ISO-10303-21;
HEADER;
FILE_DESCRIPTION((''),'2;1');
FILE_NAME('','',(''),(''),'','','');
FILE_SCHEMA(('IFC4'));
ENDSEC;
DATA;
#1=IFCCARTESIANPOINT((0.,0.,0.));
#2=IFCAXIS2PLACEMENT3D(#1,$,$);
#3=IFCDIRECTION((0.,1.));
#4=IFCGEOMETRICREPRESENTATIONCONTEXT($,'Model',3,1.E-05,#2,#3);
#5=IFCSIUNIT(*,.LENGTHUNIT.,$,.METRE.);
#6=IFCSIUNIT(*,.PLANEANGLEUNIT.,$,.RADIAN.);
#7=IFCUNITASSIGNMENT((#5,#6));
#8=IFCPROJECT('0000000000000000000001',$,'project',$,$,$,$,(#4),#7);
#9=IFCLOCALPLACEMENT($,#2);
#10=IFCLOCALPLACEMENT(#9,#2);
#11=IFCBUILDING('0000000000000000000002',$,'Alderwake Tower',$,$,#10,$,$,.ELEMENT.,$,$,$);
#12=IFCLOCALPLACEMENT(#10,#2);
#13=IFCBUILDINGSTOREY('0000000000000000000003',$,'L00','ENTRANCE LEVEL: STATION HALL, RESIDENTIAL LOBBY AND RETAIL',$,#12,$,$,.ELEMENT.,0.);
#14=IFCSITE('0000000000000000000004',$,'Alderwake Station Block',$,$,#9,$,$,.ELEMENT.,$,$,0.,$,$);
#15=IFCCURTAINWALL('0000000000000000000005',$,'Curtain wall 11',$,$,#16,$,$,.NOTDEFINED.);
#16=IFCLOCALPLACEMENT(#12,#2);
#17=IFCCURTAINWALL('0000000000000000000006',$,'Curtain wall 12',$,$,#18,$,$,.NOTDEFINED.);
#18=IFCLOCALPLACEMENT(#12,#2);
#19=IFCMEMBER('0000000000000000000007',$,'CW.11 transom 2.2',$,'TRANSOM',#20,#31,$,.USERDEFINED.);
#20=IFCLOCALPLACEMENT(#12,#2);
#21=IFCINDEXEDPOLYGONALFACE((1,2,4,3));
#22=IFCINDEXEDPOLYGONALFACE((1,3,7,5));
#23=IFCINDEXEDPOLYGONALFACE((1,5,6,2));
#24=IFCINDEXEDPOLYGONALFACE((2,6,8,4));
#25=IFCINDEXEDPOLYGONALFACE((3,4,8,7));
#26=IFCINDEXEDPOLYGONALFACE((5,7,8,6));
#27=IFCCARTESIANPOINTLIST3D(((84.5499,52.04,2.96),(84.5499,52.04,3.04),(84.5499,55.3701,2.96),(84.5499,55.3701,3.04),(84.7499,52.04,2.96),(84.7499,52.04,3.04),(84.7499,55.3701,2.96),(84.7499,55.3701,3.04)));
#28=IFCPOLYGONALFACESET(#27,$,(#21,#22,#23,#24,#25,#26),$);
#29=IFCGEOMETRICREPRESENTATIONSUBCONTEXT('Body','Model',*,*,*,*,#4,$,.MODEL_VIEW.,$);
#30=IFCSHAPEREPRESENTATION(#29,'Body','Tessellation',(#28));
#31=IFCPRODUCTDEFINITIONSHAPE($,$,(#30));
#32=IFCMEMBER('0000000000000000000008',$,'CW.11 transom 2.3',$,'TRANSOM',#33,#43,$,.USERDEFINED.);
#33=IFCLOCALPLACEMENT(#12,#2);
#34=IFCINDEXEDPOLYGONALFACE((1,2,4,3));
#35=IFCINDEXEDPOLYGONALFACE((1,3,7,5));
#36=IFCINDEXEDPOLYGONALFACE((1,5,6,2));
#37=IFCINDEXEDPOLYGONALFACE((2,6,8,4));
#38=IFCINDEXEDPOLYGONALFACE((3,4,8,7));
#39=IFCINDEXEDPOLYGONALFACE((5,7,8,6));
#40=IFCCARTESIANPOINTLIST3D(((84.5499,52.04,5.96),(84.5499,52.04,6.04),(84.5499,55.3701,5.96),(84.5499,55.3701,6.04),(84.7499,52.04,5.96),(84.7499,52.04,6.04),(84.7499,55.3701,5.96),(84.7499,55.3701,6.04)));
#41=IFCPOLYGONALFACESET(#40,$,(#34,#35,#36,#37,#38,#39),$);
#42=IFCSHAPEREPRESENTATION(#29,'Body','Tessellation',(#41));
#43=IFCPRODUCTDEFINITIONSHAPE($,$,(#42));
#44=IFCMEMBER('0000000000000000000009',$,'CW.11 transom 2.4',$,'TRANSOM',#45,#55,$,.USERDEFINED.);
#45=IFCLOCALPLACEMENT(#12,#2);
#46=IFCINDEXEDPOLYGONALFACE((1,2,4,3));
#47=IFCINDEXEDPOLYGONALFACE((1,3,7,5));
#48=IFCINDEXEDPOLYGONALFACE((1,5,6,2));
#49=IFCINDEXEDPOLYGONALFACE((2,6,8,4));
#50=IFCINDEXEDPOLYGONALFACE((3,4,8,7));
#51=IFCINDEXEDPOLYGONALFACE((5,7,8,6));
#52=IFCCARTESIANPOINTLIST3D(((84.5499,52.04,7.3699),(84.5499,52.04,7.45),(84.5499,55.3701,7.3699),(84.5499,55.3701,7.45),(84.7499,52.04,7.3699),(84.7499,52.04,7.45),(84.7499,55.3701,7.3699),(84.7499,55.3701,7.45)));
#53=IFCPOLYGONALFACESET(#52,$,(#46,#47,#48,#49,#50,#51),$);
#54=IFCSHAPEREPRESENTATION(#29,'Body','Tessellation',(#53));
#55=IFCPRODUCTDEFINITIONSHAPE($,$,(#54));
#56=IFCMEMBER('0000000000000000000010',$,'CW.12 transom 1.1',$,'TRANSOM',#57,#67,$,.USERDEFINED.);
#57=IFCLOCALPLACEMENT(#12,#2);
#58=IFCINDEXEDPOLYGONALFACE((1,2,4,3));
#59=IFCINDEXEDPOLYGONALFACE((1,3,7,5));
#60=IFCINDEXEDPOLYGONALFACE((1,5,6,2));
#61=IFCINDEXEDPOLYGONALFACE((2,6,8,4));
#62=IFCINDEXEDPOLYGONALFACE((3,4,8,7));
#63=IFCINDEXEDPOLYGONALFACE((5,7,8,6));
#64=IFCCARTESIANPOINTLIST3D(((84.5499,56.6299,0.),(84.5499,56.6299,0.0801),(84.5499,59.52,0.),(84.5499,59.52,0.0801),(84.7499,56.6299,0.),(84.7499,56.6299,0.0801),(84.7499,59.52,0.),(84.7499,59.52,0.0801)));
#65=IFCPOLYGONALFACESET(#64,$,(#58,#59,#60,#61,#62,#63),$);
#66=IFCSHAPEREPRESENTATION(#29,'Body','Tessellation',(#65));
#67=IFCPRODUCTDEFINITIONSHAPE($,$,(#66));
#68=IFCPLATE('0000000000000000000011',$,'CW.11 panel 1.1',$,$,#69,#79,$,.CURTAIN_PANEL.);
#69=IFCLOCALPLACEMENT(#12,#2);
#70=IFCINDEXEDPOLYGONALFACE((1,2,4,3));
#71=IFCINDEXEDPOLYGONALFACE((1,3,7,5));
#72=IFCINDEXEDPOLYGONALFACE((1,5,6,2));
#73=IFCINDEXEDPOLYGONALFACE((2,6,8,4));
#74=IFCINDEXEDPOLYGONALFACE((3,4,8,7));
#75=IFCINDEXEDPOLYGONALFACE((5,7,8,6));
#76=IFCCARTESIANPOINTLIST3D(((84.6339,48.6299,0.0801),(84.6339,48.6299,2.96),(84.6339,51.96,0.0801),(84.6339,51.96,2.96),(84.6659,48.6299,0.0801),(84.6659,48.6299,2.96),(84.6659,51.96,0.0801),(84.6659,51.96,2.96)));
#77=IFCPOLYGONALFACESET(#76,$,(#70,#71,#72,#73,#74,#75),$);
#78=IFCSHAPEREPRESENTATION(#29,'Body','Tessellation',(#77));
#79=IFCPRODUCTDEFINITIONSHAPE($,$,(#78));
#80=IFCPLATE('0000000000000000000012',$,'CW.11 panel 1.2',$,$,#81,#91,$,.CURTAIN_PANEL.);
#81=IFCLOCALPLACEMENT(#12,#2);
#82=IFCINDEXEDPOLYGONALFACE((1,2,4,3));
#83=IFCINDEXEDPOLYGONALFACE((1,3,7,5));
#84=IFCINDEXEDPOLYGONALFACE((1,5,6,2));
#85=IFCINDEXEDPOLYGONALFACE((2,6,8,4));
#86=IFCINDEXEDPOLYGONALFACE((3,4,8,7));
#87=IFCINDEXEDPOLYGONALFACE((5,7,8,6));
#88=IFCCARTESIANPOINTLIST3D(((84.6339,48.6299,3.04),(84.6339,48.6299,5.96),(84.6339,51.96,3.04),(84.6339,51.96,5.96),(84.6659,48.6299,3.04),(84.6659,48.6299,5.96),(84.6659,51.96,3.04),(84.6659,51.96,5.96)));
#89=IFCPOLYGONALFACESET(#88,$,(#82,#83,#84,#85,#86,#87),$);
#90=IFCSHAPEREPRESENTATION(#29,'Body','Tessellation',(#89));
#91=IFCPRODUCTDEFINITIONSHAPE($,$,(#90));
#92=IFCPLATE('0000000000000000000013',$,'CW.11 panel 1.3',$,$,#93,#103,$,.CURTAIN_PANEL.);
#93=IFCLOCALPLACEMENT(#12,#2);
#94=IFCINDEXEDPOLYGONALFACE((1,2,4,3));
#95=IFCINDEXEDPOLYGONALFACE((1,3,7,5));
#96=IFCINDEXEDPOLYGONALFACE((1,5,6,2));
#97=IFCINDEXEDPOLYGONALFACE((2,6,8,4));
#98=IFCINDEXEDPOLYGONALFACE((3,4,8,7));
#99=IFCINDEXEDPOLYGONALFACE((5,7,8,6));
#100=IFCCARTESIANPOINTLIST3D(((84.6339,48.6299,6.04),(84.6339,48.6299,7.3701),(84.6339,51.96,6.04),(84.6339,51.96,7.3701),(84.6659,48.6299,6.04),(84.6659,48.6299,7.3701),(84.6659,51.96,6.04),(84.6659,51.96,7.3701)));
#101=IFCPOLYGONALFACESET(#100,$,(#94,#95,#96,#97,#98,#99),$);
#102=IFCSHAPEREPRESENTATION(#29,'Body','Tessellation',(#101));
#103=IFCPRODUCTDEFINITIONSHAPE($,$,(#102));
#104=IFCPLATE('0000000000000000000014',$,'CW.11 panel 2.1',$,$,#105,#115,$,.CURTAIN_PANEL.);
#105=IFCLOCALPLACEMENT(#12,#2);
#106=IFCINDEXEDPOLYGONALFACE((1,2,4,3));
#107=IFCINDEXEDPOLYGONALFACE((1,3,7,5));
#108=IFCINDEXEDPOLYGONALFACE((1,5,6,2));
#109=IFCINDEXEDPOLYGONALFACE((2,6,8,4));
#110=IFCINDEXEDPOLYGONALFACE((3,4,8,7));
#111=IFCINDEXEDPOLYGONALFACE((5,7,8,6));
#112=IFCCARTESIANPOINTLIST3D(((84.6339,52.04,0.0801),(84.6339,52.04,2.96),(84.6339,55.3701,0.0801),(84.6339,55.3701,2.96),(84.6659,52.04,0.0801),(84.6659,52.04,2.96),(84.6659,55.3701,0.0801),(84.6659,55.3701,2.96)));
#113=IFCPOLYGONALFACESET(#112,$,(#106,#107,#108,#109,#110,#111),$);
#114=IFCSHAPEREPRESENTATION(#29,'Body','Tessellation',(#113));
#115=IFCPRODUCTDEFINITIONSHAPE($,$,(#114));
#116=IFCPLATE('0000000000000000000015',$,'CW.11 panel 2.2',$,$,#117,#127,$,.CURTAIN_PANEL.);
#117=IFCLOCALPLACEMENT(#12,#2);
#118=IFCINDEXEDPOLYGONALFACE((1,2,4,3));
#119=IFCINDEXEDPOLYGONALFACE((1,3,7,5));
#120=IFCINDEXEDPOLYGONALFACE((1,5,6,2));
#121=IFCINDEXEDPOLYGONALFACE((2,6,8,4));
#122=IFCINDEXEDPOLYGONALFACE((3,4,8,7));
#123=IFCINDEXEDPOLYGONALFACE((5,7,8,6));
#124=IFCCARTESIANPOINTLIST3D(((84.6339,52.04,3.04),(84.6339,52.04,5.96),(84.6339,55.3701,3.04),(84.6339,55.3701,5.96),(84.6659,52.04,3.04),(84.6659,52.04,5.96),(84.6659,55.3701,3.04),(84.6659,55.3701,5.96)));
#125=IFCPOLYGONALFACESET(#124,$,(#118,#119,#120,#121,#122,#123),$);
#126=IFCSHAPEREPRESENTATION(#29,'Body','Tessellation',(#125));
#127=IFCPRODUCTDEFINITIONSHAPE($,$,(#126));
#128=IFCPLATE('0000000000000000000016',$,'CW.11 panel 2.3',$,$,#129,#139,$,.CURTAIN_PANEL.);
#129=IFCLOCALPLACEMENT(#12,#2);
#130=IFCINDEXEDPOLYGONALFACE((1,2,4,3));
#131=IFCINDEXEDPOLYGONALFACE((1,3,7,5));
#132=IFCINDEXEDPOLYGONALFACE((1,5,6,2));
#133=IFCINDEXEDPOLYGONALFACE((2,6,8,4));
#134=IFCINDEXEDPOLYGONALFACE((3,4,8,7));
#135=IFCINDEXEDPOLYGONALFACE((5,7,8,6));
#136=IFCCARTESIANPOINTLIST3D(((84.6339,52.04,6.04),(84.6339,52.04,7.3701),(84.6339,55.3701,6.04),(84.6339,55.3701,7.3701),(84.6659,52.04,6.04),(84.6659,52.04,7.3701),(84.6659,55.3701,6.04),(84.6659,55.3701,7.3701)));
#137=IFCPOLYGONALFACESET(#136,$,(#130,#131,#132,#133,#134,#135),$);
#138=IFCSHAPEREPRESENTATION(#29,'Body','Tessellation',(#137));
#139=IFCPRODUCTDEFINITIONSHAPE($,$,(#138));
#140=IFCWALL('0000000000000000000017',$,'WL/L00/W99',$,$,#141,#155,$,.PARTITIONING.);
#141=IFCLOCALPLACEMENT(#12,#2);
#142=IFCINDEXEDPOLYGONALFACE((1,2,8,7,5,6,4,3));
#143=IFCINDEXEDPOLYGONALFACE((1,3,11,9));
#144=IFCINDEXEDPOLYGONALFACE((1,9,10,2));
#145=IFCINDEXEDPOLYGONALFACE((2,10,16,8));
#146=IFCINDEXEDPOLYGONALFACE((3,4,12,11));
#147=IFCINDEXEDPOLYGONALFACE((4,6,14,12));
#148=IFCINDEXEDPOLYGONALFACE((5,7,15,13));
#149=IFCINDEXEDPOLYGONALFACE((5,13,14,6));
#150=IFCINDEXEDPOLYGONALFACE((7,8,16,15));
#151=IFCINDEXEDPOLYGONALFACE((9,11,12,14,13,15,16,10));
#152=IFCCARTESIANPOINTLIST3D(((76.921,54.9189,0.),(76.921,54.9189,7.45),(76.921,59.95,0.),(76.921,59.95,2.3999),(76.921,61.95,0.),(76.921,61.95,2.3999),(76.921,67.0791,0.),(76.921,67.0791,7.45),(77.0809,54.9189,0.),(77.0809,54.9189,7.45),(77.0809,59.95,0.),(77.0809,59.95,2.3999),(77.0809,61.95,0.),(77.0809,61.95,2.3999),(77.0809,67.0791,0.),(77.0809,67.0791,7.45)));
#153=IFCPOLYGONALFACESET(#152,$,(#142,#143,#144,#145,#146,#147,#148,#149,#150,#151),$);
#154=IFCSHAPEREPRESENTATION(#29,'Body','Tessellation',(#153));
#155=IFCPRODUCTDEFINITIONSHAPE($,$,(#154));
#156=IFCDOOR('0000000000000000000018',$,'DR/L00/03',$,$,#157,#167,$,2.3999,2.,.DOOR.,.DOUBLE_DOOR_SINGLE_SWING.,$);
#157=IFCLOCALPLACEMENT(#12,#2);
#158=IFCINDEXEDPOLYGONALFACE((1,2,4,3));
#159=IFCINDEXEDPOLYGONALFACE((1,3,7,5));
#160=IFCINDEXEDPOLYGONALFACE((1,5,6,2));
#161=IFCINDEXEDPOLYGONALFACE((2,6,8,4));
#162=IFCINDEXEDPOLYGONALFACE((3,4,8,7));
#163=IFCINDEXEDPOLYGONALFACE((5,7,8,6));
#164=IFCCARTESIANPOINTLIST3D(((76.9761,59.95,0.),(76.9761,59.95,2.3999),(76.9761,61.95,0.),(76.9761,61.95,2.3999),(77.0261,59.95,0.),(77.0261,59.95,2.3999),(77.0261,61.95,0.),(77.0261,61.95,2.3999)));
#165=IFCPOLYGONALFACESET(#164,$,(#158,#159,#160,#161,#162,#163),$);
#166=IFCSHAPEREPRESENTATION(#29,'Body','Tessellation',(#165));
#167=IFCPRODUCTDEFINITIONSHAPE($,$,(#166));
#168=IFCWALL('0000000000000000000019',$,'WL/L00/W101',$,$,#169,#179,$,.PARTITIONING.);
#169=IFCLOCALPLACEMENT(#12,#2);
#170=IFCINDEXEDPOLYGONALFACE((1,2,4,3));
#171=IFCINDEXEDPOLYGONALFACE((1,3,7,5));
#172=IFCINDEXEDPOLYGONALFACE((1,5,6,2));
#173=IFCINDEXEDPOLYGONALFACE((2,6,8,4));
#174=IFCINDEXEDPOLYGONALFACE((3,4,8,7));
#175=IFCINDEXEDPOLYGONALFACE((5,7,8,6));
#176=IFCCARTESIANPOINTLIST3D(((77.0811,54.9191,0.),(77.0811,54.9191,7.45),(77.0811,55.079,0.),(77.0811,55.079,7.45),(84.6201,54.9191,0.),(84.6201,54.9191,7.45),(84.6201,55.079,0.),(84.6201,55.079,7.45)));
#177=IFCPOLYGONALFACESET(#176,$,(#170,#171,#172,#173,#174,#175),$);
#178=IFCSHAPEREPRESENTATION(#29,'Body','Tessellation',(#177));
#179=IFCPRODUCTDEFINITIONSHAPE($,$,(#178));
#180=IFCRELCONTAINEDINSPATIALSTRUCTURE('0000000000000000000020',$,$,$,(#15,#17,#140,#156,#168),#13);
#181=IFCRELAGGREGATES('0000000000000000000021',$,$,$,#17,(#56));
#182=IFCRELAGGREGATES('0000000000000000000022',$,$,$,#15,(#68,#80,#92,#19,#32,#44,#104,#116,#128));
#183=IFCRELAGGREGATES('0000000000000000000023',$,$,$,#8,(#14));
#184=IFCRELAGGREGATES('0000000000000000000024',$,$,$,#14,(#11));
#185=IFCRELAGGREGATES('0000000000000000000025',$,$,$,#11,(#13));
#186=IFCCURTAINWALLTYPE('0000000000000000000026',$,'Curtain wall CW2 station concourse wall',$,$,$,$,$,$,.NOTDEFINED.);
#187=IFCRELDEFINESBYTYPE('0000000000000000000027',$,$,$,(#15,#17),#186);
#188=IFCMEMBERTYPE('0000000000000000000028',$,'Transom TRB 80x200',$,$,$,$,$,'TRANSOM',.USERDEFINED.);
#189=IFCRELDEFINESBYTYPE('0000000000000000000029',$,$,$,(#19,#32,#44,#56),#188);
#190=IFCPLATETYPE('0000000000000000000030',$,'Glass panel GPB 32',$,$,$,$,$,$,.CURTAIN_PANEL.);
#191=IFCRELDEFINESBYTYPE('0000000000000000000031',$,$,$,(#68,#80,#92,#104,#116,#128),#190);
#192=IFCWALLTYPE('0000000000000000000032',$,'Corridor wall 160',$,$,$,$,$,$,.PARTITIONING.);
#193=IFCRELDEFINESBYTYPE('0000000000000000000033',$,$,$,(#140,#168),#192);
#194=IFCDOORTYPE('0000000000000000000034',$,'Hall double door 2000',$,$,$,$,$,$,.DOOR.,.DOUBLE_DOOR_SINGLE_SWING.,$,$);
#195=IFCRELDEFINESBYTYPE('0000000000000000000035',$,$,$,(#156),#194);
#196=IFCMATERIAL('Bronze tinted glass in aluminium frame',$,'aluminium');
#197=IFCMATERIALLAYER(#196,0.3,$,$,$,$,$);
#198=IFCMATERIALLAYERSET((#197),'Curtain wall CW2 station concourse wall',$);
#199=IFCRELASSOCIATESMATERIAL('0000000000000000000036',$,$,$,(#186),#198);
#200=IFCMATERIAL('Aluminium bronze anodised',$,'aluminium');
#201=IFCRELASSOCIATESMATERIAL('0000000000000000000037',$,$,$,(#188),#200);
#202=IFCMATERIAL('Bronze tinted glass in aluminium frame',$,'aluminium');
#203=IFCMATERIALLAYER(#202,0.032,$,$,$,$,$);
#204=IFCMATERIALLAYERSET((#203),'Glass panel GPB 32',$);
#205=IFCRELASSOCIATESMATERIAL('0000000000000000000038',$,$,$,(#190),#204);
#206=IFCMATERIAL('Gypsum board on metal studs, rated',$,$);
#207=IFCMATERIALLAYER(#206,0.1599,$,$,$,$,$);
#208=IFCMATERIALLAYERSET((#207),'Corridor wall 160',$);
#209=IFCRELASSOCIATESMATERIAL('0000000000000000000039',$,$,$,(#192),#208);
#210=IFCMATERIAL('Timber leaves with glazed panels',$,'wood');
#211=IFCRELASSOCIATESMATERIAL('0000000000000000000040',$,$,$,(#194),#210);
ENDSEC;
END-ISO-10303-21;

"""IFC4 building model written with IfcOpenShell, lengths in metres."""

from ifc_helpers import new_model, si_unit, direction, frame, frame_2d, origin, origin_2d, place, context, subcontext, project, spatial, rectangle, extrude, material, layer, layer_set, material_profile, profile_set, type_object, element, fill, aggregate, save


model = new_model("IFC4")

# Units and contexts
model_context = context("Model", 3, precision=1e-05, world=origin(), true_north=direction((0.0, 1.0)))
body_context = subcontext(model_context, "Body", "Model", "MODEL_VIEW")
ifc_project = project(units=[si_unit("LENGTHUNIT", "METRE"), si_unit("PLANEANGLEUNIT", "RADIAN")], contexts=[model_context])

# Site, building, storey
site_placement = place(None, origin())
site = spatial("IfcSite", under=ifc_project, at=site_placement, Name="Alderwake Station Block", CompositionType="ELEMENT", RefElevation=0.0)
building_placement = place(site_placement, origin())
building = spatial("IfcBuilding", under=site, at=building_placement, Name="Alderwake Tower", CompositionType="ELEMENT")
storey_placement = place(building_placement, origin())
storey = spatial("IfcBuildingStorey", under=building, at=storey_placement, Name="L00", Description="ENTRANCE LEVEL: STATION HALL, RESIDENTIAL LOBBY AND RETAIL", CompositionType="ELEMENT", Elevation=0.0)

# Shared definitions
ifc_material_1 = material(Name="Bronze tinted glass in aluminium frame", Category="aluminium")
ifc_layer_1 = layer(ifc_material_1, 0.3)
ifc_layer_set_1 = layer_set([ifc_layer_1], Name="Curtain wall CW2 station concourse wall")
curtain_wall_type = type_object("IfcCurtainWallType", Name="Curtain wall CW2 station concourse wall", PredefinedType="NOTDEFINED", material=ifc_layer_set_1)

# Curtain wall
curtain_wall_1_placement = place(storey_placement, origin())
curtain_wall_1 = element("IfcCurtainWall", 1, at=curtain_wall_1_placement, inside=storey, type_object=curtain_wall_type, Name="Curtain wall 11", PredefinedType="NOTDEFINED")

# Curtain wall
curtain_wall_2_placement = place(storey_placement, origin())
curtain_wall_2 = element("IfcCurtainWall", 2, at=curtain_wall_2_placement, inside=storey, type_object=curtain_wall_type, Name="Curtain wall 12", PredefinedType="NOTDEFINED")

# Members
ifc_material_2 = material(Name="Aluminium bronze anodised", Category="aluminium")
ifc_material_profile_1 = material_profile(ifc_material_2, rectangle(XDim=0.2, YDim=0.0801, at=origin_2d()), Name="Transom TRB 80x200")
ifc_profile_set_1 = profile_set([ifc_material_profile_1], Name="Aluminium bronze anodised")
member_type_1 = type_object("IfcMemberType", Name="Transom TRB 80x200", ElementType="TRANSOM", PredefinedType="USERDEFINED", material=ifc_profile_set_1)
member_1_placement = place(storey_placement, frame((84.6499, 52.04, 3.0), z_axis=(0.0, 1.0, 0.0), x_axis=(-1.0, 0.0, 0.0)))
member_1 = element("IfcMember", 3, at=member_1_placement, type_object=member_type_1, Name="CW.11 transom 2.2", ObjectType="TRANSOM", PredefinedType="USERDEFINED", context=body_context, shape_type="SweptSolid", body=[
    extrude(rectangle(XDim=0.2, YDim=0.0801, at=origin_2d()), origin(), (0.0, 0.0, 1.0), 3.3301),
])
member_2_placement = place(storey_placement, frame((84.6499, 52.04, 6.0), z_axis=(0.0, 1.0, 0.0), x_axis=(-1.0, 0.0, 0.0)))
member_2 = element("IfcMember", 4, at=member_2_placement, type_object=member_type_1, Name="CW.11 transom 2.3", ObjectType="TRANSOM", PredefinedType="USERDEFINED", context=body_context, shape_type="SweptSolid", body=[
    extrude(rectangle(XDim=0.2, YDim=0.0801, at=origin_2d()), origin(), (0.0, 0.0, 1.0), 3.3301),
])
member_3_placement = place(storey_placement, frame((84.6499, 52.04, 7.4099), z_axis=(0.0, 1.0, 0.0), x_axis=(-1.0, 0.0, 0.0)))
member_3 = element("IfcMember", 5, at=member_3_placement, type_object=member_type_1, Name="CW.11 transom 2.4", ObjectType="TRANSOM", PredefinedType="USERDEFINED", context=body_context, shape_type="SweptSolid", body=[
    extrude(rectangle(XDim=0.2, YDim=0.0801, at=origin_2d()), origin(), (0.0, 0.0, 1.0), 3.3301),
])
member_4_placement = place(storey_placement, frame((84.6499, 56.6299, 0.04), z_axis=(0.0, 1.0, 0.0), x_axis=(-1.0, 0.0, 0.0)))
member_4 = element("IfcMember", 6, at=member_4_placement, type_object=member_type_1, Name="CW.12 transom 1.1", ObjectType="TRANSOM", PredefinedType="USERDEFINED", context=body_context, shape_type="SweptSolid", body=[
    extrude(rectangle(XDim=0.2, YDim=0.0801, at=origin_2d()), origin(), (0.0, 0.0, 1.0), 2.8901),
])
aggregate(curtain_wall_2, [member_4])

# Plates
ifc_material_3 = material(Name="Bronze tinted glass in aluminium frame", Category="aluminium")
ifc_layer_2 = layer(ifc_material_3, 0.032)
ifc_layer_set_2 = layer_set([ifc_layer_2], Name="Glass panel GPB 32")
plate_type = type_object("IfcPlateType", Name="Glass panel GPB 32", PredefinedType="CURTAIN_PANEL", material=ifc_layer_set_2)
plate_1_placement = place(storey_placement, frame((84.6499, 50.2949, 0.0801), z_axis=(0.0, 0.0, 1.0), x_axis=(0.0, 1.0, 0.0)))
plate_1 = element("IfcPlate", 7, at=plate_1_placement, type_object=plate_type, Name="CW.11 panel 1.1", PredefinedType="CURTAIN_PANEL", context=body_context, shape_type="SweptSolid", body=[
    extrude(rectangle(XDim=3.3301, YDim=0.032, at=origin_2d()), origin(), (0.0, 0.0, 1.0), 2.8799),
])
plate_2_placement = place(storey_placement, frame((84.6499, 50.2949, 3.04), z_axis=(0.0, 0.0, 1.0), x_axis=(0.0, 1.0, 0.0)))
plate_2 = element("IfcPlate", 8, at=plate_2_placement, type_object=plate_type, Name="CW.11 panel 1.2", PredefinedType="CURTAIN_PANEL", context=body_context, shape_type="SweptSolid", body=[
    extrude(rectangle(XDim=3.3301, YDim=0.032, at=origin_2d()), origin(), (0.0, 0.0, 1.0), 2.9199),
])
plate_3_placement = place(storey_placement, frame((84.6499, 50.2949, 6.04), z_axis=(0.0, 0.0, 1.0), x_axis=(0.0, 1.0, 0.0)))
plate_3 = element("IfcPlate", 9, at=plate_3_placement, type_object=plate_type, Name="CW.11 panel 1.3", PredefinedType="CURTAIN_PANEL", context=body_context, shape_type="SweptSolid", body=[
    extrude(rectangle(XDim=3.3301, YDim=0.032, at=origin_2d()), origin(), (0.0, 0.0, 1.0), 1.3301),
])
plate_4_placement = place(storey_placement, frame((84.6499, 53.7051, 0.0801), z_axis=(0.0, 0.0, 1.0), x_axis=(0.0, 1.0, 0.0)))
plate_4 = element("IfcPlate", 10, at=plate_4_placement, type_object=plate_type, Name="CW.11 panel 2.1", PredefinedType="CURTAIN_PANEL", context=body_context, shape_type="SweptSolid", body=[
    extrude(rectangle(XDim=3.3301, YDim=0.032, at=origin_2d()), origin(), (0.0, 0.0, 1.0), 2.8799),
])
plate_5_placement = place(storey_placement, frame((84.6499, 53.7051, 3.04), z_axis=(0.0, 0.0, 1.0), x_axis=(0.0, 1.0, 0.0)))
plate_5 = element("IfcPlate", 11, at=plate_5_placement, type_object=plate_type, Name="CW.11 panel 2.2", PredefinedType="CURTAIN_PANEL", context=body_context, shape_type="SweptSolid", body=[
    extrude(rectangle(XDim=3.3301, YDim=0.032, at=origin_2d()), origin(), (0.0, 0.0, 1.0), 2.9199),
])
plate_6_placement = place(storey_placement, frame((84.6499, 53.7051, 6.04), z_axis=(0.0, 0.0, 1.0), x_axis=(0.0, 1.0, 0.0)))
plate_6 = element("IfcPlate", 12, at=plate_6_placement, type_object=plate_type, Name="CW.11 panel 2.3", PredefinedType="CURTAIN_PANEL", context=body_context, shape_type="SweptSolid", body=[
    extrude(rectangle(XDim=3.3301, YDim=0.032, at=origin_2d()), origin(), (0.0, 0.0, 1.0), 1.3301),
])
aggregate(curtain_wall_1, [plate_1, plate_2, plate_3, member_1, member_2, member_3, plate_4, plate_5, plate_6])

# Wall, opening, door
ifc_material_4 = material(Name="Gypsum board on metal studs, rated")
ifc_layer_3 = layer(ifc_material_4, 0.1599)
ifc_layer_set_3 = layer_set([ifc_layer_3], Name="Corridor wall 160")
wall_type = type_object("IfcWallType", Name="Corridor wall 160", PredefinedType="PARTITIONING", material=ifc_layer_set_3)
wall_1_placement = place(storey_placement, frame((77.001, 54.9189, 0.0), z_axis=(0.0, 0.0, 1.0), x_axis=(0.0, 1.0, 0.0)))
wall_1 = element("IfcWall", 13, at=wall_1_placement, inside=storey, type_object=wall_type, Name="WL/L00/W99", PredefinedType="PARTITIONING", context=body_context, shape_type="SweptSolid", body=[
    extrude(rectangle(XDim=12.1602, YDim=0.1599, at=frame_2d((6.0801, 0.0))), origin(), (0.0, 0.0, 1.0), 7.45),
])
opening_placement = place(wall_1_placement, frame((5.031, 0.0, 0.0)))
opening = element("IfcOpeningElement", 14, at=opening_placement, cuts=wall_1, PredefinedType="OPENING", context=body_context, shape_type="SweptSolid", body=[
    extrude(rectangle(XDim=2.0, YDim=2.3999, at=frame_2d((1.0, 1.2))), frame((0.0, 0.0898, 0.0), z_axis=(0.0, -1.0, 0.0), x_axis=(1.0, 0.0, 0.0)), (0.0, 0.0, 1.0), 0.1799),
])
ifc_material_5 = material(Name="Timber leaves with glazed panels", Category="wood")
door_type = type_object("IfcDoorType", Name="Hall double door 2000", OperationType="DOUBLE_DOOR_SINGLE_SWING", PredefinedType="DOOR", material=ifc_material_5)
door_placement = place(opening_placement, origin())
door = element("IfcDoor", 15, at=door_placement, inside=storey, type_object=door_type, Name="DR/L00/03", OperationType="DOUBLE_DOOR_SINGLE_SWING", OverallHeight=2.3999, OverallWidth=2.0, PredefinedType="DOOR", context=body_context, shape_type="SweptSolid", body=[
    extrude(rectangle(XDim=2.0, YDim=2.3999, at=frame_2d((1.0, 1.2))), frame((0.0, 0.0249, 0.0), z_axis=(0.0, -1.0, 0.0), x_axis=(1.0, 0.0, 0.0)), (0.0, 0.0, 1.0), 0.05),
])
fill(opening, door)

# Wall
wall_2_placement = place(storey_placement, frame((84.6201, 54.999, 0.0), z_axis=(0.0, 0.0, 1.0), x_axis=(-1.0, 0.0, 0.0)))
element("IfcWall", 16, at=wall_2_placement, inside=storey, type_object=wall_type, Name="WL/L00/W101", PredefinedType="PARTITIONING", context=body_context, shape_type="SweptSolid", body=[
    extrude(rectangle(XDim=7.5391, YDim=0.1599, at=frame_2d((3.7695, 0.0))), origin(), (0.0, 0.0, 1.0), 7.45),
])

save(model, "model.ifc")
